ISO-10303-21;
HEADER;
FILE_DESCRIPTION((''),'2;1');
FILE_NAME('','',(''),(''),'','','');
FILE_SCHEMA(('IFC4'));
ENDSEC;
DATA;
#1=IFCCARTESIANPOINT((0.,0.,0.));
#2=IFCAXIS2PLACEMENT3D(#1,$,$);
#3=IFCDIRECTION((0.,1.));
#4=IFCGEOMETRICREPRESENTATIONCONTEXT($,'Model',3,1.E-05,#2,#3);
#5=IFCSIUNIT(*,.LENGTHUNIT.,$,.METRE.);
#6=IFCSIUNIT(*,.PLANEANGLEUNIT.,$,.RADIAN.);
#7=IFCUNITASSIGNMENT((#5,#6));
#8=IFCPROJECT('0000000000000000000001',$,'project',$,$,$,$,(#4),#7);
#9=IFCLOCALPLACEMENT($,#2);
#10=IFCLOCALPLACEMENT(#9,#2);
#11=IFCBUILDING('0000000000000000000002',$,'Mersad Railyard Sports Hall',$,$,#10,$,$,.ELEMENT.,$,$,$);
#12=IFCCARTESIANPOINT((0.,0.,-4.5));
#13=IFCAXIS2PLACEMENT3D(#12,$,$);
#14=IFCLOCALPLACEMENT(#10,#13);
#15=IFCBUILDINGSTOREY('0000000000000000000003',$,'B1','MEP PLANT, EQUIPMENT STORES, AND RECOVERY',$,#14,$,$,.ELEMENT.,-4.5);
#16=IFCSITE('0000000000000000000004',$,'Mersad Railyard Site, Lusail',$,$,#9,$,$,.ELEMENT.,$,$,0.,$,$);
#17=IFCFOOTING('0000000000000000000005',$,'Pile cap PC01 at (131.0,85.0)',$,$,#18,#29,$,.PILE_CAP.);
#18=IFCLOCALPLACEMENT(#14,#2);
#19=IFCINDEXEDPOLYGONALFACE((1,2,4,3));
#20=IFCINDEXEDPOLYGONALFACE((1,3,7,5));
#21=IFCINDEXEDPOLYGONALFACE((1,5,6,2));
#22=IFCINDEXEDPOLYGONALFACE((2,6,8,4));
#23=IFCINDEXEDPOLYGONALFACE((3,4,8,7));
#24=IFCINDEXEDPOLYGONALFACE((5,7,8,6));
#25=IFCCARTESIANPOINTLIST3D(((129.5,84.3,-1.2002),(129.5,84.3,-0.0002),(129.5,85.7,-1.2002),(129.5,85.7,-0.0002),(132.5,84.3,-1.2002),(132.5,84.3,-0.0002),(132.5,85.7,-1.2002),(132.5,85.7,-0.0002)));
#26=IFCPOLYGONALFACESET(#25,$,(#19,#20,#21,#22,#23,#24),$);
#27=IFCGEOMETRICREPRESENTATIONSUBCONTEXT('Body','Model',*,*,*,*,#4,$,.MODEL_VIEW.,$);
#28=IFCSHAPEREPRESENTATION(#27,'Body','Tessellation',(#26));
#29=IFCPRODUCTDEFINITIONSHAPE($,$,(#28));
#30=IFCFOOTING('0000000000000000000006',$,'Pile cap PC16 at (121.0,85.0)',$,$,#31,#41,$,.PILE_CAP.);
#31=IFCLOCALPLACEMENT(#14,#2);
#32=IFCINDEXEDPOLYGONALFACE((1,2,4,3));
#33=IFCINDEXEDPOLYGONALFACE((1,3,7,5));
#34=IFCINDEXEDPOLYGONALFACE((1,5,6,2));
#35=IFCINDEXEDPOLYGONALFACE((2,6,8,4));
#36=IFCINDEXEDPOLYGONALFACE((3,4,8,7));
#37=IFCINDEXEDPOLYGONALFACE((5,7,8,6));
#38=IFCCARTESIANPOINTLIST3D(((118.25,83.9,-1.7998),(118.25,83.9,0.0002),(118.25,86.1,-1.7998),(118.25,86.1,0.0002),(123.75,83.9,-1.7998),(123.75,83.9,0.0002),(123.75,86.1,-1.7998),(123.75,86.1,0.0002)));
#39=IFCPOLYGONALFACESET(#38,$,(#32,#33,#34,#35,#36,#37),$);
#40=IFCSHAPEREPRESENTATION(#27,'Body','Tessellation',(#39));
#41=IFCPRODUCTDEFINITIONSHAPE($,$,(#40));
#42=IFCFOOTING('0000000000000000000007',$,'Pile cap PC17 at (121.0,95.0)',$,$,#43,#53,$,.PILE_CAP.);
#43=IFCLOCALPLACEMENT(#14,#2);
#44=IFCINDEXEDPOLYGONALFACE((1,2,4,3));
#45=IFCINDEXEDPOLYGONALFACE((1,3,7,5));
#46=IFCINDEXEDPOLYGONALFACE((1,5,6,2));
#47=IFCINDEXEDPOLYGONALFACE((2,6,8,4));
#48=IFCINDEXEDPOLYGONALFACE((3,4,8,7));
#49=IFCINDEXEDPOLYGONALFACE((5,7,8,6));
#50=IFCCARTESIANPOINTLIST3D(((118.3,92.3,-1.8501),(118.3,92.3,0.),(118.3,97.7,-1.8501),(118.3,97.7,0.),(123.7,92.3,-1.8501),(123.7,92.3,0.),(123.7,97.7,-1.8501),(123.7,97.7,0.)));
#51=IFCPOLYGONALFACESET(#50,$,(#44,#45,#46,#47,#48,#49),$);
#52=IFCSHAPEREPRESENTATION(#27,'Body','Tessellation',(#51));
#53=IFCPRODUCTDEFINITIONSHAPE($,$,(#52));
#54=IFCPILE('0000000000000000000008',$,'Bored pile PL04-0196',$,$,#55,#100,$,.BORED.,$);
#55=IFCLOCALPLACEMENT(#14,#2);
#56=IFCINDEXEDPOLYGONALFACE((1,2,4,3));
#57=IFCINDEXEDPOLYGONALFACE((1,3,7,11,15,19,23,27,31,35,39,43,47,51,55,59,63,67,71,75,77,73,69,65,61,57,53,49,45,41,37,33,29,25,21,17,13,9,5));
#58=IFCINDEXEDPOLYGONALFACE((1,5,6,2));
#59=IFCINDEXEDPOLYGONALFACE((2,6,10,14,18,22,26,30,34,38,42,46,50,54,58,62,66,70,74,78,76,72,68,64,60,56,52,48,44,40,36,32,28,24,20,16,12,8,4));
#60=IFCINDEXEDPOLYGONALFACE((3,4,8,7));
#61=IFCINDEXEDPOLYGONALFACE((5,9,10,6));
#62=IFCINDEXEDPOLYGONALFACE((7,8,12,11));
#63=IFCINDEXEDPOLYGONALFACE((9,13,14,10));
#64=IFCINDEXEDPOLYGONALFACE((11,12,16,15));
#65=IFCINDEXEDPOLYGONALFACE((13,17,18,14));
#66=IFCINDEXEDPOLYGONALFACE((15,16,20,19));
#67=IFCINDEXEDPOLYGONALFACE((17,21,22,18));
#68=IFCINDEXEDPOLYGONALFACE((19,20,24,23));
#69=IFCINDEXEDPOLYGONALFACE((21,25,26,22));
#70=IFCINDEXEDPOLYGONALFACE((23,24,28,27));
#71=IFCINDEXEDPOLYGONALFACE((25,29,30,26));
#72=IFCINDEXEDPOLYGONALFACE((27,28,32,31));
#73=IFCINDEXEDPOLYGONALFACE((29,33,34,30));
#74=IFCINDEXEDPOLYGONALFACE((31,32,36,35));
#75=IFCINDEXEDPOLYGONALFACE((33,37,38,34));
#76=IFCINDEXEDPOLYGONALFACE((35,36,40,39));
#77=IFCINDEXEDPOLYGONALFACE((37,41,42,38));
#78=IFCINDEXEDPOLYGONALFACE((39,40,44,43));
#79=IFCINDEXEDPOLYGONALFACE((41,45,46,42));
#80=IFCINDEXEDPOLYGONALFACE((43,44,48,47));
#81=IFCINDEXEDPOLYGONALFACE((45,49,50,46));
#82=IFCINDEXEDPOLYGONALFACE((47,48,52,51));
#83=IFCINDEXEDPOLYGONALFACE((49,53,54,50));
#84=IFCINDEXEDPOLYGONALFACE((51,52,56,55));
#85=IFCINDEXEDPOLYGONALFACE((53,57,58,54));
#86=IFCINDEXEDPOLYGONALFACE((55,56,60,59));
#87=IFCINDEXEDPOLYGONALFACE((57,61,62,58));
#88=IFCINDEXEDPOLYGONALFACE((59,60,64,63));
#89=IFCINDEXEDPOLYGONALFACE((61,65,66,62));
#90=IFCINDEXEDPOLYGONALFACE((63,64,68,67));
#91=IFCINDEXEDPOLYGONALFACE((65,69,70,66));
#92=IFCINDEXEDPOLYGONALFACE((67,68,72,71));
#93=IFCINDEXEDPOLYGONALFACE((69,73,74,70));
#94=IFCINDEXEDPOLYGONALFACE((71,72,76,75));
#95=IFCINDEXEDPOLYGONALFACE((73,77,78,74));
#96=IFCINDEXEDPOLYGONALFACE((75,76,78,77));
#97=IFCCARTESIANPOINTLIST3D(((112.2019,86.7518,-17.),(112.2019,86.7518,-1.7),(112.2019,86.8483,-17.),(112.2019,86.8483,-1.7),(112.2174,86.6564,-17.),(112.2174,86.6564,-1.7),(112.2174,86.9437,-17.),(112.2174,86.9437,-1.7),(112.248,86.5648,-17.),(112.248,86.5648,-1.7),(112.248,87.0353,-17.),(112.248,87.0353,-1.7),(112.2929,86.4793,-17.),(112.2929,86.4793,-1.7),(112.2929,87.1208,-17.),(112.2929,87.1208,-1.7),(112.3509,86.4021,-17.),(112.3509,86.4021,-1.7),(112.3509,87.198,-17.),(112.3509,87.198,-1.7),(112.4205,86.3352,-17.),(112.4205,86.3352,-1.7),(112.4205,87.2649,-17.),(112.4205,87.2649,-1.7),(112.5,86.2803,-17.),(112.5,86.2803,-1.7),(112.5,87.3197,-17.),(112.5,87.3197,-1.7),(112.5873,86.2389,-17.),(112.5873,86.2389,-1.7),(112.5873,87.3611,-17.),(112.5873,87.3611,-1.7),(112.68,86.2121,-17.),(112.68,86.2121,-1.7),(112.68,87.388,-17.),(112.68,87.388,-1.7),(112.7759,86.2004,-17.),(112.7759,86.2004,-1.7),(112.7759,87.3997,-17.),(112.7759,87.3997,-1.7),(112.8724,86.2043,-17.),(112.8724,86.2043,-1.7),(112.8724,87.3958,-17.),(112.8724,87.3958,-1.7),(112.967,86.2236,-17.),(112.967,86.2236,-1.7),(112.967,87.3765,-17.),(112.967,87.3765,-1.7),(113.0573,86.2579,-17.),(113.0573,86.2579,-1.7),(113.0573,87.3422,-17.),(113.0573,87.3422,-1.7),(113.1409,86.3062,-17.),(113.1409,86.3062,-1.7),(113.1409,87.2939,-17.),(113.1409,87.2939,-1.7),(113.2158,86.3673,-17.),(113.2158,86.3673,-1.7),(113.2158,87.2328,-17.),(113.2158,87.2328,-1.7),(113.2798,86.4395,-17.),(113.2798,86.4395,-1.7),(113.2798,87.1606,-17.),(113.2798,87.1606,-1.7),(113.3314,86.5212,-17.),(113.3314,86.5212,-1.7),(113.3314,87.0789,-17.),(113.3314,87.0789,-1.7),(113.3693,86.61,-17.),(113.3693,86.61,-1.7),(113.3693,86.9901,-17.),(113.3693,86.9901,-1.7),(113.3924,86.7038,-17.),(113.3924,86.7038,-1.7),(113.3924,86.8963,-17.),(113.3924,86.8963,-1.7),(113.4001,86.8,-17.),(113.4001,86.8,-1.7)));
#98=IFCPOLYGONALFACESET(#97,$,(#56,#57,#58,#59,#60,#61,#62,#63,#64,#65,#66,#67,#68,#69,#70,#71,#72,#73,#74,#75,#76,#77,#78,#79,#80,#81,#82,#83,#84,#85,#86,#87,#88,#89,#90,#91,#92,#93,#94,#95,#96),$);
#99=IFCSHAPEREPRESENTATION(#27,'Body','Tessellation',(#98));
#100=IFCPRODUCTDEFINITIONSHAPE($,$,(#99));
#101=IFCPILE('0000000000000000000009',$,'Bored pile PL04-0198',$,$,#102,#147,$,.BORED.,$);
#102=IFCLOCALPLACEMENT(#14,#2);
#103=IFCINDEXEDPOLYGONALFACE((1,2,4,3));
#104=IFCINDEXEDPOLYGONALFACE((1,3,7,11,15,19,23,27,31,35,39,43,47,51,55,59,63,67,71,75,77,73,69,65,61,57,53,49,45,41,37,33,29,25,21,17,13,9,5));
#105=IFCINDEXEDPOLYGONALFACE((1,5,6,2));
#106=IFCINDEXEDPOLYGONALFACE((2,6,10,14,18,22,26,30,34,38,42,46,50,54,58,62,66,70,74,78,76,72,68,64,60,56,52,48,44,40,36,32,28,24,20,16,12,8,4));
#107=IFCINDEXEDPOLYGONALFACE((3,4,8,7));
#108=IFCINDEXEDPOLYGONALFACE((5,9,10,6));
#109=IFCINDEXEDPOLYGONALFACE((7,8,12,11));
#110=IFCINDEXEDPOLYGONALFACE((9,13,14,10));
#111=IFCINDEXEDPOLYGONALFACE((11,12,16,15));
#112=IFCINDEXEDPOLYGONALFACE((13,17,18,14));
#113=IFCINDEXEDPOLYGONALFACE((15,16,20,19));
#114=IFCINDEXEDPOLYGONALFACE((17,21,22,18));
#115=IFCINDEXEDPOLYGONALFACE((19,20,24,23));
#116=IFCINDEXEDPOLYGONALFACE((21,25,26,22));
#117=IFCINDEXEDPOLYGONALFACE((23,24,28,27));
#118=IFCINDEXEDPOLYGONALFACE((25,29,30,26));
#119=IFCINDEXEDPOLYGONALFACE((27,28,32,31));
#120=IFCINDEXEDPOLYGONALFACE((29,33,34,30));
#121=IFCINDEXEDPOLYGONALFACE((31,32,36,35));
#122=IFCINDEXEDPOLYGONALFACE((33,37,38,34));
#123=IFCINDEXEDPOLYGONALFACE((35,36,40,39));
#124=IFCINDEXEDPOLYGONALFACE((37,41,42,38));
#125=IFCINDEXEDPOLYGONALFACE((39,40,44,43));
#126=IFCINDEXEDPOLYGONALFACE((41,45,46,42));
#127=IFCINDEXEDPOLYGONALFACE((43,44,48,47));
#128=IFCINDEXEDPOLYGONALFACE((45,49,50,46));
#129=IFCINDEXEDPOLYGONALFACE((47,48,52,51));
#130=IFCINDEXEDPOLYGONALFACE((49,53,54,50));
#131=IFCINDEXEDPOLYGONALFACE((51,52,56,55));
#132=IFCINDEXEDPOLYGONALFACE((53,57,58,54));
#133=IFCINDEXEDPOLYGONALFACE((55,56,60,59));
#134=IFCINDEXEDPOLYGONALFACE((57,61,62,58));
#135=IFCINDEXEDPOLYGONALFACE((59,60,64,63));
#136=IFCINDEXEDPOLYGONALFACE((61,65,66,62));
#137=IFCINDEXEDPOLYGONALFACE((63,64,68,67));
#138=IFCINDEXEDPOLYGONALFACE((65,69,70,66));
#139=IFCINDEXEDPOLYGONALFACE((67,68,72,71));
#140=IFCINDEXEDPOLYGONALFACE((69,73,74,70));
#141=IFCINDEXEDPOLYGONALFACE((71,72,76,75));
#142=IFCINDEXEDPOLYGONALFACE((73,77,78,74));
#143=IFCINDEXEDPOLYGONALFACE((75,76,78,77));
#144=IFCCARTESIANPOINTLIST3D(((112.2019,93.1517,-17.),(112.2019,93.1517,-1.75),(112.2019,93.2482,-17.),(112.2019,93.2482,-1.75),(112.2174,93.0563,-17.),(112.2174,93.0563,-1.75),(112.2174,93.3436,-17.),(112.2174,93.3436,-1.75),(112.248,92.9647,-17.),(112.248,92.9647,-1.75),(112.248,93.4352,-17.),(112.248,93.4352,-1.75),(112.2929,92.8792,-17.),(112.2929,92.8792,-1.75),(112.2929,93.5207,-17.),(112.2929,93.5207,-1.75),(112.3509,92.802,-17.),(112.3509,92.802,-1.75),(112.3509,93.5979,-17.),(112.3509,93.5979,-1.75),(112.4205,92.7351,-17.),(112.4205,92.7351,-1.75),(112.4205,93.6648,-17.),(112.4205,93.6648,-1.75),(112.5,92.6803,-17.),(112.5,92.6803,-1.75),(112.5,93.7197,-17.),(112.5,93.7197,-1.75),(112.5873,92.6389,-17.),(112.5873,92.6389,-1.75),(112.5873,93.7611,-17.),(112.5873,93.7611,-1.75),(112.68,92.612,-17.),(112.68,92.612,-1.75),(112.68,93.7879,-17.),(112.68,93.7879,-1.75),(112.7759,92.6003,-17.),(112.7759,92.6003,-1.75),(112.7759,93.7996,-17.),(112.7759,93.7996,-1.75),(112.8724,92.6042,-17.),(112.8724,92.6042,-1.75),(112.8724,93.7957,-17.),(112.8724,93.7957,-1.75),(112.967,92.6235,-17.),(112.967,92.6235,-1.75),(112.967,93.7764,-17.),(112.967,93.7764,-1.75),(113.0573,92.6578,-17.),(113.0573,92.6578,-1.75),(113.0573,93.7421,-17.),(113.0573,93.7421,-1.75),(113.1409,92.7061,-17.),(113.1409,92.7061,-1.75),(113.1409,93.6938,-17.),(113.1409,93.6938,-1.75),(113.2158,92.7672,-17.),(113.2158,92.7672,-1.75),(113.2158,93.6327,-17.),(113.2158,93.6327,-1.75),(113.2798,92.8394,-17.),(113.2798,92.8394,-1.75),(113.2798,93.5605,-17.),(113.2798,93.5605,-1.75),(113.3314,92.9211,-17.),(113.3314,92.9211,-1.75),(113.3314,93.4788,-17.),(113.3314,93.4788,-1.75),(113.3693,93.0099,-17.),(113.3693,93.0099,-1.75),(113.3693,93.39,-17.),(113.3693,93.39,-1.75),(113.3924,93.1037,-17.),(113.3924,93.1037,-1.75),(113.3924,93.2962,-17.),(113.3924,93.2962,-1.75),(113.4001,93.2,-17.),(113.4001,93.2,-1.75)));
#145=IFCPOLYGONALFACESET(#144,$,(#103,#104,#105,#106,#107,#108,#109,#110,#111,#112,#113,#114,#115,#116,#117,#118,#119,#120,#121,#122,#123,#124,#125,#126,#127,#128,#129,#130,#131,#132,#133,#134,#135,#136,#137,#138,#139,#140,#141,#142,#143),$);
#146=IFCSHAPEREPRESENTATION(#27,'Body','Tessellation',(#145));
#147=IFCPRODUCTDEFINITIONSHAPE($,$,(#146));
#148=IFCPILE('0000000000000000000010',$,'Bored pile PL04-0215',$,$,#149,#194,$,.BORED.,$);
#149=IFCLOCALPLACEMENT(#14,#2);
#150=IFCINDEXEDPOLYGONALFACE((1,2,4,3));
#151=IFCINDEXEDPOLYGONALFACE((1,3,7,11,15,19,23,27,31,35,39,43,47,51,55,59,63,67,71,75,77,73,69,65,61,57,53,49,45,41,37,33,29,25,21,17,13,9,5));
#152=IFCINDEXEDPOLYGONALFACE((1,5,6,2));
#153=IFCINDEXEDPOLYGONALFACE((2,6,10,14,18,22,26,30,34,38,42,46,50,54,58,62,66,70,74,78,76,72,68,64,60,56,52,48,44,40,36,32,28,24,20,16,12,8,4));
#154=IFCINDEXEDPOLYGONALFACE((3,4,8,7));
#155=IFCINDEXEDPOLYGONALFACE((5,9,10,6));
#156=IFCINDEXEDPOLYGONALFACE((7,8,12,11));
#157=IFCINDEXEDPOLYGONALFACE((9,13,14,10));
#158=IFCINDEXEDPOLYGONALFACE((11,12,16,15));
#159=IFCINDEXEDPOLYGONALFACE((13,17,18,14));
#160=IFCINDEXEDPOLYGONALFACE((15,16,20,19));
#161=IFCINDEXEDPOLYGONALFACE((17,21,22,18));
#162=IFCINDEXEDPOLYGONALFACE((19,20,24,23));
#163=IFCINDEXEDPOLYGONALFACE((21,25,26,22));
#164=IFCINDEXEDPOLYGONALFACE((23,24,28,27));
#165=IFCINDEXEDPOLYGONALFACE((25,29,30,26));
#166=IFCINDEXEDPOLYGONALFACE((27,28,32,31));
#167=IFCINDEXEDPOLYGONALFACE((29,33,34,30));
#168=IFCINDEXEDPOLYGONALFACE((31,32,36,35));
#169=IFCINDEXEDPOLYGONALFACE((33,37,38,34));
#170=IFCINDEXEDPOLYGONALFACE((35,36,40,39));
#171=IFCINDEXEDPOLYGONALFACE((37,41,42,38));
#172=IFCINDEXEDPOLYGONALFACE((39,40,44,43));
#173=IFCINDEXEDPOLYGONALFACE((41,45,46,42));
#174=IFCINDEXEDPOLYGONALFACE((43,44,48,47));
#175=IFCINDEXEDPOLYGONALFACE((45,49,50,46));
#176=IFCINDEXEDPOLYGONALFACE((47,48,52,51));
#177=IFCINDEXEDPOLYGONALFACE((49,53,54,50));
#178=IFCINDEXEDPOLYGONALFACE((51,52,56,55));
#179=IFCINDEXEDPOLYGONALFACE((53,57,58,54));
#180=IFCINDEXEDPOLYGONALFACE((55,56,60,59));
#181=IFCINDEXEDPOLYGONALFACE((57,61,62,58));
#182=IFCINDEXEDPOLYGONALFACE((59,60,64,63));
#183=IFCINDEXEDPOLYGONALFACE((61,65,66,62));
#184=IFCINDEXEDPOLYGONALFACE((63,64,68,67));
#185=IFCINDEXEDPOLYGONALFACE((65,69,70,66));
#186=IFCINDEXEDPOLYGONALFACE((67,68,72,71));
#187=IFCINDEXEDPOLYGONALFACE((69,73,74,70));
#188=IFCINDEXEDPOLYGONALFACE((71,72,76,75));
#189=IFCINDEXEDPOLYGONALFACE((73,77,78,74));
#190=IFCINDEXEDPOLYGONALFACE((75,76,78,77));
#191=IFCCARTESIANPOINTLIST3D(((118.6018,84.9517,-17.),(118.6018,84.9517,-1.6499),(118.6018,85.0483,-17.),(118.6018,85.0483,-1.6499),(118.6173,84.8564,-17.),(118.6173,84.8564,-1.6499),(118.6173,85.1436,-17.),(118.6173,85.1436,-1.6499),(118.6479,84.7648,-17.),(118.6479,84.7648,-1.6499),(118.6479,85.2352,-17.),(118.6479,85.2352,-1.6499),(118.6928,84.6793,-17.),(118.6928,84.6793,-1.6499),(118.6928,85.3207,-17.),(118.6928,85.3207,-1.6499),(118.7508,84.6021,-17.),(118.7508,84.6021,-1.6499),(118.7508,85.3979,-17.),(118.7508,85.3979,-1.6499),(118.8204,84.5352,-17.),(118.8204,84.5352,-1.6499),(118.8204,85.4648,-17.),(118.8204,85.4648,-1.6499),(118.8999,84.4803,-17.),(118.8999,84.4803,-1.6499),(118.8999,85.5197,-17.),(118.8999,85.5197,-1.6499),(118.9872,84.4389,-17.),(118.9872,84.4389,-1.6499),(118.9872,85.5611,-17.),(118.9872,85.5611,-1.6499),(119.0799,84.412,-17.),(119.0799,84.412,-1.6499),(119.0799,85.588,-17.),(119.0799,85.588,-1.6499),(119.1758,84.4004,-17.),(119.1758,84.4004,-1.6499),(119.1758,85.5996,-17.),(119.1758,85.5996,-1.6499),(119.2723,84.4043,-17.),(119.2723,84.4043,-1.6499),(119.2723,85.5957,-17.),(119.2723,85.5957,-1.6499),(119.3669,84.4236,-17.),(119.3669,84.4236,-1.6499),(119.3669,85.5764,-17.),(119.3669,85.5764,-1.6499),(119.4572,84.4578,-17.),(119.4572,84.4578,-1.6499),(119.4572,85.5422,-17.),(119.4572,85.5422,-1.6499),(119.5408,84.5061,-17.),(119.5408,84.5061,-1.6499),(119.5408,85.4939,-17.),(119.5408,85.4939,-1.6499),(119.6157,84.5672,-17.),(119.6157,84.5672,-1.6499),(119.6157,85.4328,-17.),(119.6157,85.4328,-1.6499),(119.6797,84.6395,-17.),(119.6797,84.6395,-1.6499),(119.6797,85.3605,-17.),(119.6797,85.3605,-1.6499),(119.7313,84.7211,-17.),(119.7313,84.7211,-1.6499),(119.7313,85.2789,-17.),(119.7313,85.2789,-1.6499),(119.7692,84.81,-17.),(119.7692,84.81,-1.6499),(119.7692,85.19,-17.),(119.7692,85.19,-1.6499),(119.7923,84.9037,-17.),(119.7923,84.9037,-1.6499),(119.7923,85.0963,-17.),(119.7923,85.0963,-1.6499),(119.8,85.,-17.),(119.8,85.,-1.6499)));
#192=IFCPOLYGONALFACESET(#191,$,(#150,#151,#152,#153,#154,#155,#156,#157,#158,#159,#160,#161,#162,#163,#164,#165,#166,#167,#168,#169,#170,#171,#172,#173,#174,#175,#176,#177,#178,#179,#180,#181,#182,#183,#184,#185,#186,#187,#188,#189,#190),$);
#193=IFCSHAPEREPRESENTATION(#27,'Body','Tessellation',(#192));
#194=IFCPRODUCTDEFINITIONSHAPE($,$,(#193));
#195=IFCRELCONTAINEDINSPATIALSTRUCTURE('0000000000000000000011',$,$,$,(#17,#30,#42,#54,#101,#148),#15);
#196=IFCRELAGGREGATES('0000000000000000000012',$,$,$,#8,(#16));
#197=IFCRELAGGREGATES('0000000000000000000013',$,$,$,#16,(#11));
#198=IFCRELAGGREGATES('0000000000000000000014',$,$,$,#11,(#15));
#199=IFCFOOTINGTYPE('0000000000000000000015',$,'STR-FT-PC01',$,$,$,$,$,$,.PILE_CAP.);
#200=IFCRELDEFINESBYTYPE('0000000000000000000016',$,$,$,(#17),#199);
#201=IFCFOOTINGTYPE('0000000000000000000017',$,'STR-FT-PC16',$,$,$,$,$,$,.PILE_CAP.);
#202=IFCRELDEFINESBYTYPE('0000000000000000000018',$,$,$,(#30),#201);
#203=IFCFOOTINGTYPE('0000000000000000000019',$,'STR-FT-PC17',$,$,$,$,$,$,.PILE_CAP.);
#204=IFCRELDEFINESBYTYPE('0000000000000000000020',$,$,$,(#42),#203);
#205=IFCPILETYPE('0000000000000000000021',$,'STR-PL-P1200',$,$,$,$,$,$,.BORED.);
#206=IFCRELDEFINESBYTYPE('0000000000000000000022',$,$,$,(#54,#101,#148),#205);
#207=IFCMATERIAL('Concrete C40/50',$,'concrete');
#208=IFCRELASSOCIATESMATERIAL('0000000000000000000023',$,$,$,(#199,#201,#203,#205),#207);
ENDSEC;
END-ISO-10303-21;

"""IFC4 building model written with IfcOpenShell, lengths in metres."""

from ifc_helpers import new_model, si_unit, direction, frame, origin, origin_2d, place, context, subcontext, project, spatial, rectangle, circle, extrude, material, material_profile, profile_set, type_object, element, save


model = new_model("IFC4")

# Units and contexts
model_context = context("Model", 3, precision=1e-05, world=origin(), true_north=direction((0.0, 1.0)))
body_context = subcontext(model_context, "Body", "Model", "MODEL_VIEW")
ifc_project = project(units=[si_unit("LENGTHUNIT", "METRE"), si_unit("PLANEANGLEUNIT", "RADIAN")], contexts=[model_context])

# Site, building, storey
site_placement = place(None, origin())
site = spatial("IfcSite", under=ifc_project, at=site_placement, Name="Mersad Railyard Site, Lusail", CompositionType="ELEMENT", RefElevation=0.0)
building_placement = place(site_placement, origin())
building = spatial("IfcBuilding", under=site, at=building_placement, Name="Mersad Railyard Sports Hall", CompositionType="ELEMENT")
storey_placement = place(building_placement, frame((0.0, 0.0, -4.5)))
storey = spatial("IfcBuildingStorey", under=building, at=storey_placement, Name="B1", Description="MEP PLANT, EQUIPMENT STORES, AND RECOVERY", CompositionType="ELEMENT", Elevation=-4.5)

# Footings
ifc_material_1 = material(Name="Concrete C40/50", Category="concrete")
footing_type_1 = type_object("IfcFootingType", Name="STR-FT-PC01", PredefinedType="PILE_CAP", material=ifc_material_1)
footing_1_placement = place(storey_placement, frame((131.0, 85.0, -1.2002), z_axis=(0.0, 0.0, 1.0), x_axis=(1.0, 0.0, 0.0)))
element("IfcFooting", 1, at=footing_1_placement, inside=storey, type_object=footing_type_1, Name="Pile cap PC01 at (131.0,85.0)", PredefinedType="PILE_CAP", context=body_context, shape_type="SweptSolid", body=[
    extrude(rectangle(XDim=3.0, YDim=1.3999, at=origin_2d()), origin(), (0.0, 0.0, 1.0), 1.2),
])
footing_type_2 = type_object("IfcFootingType", Name="STR-FT-PC16", PredefinedType="PILE_CAP", material=ifc_material_1)
footing_2_placement = place(storey_placement, frame((121.0, 85.0, -1.7998), z_axis=(0.0, 0.0, 1.0), x_axis=(1.0, 0.0, 0.0)))
element("IfcFooting", 2, at=footing_2_placement, inside=storey, type_object=footing_type_2, Name="Pile cap PC16 at (121.0,85.0)", PredefinedType="PILE_CAP", context=body_context, shape_type="SweptSolid", body=[
    extrude(rectangle(XDim=5.5, YDim=2.2, at=origin_2d()), origin(), (0.0, 0.0, 1.0), 1.8),
])
footing_type_3 = type_object("IfcFootingType", Name="STR-FT-PC17", PredefinedType="PILE_CAP", material=ifc_material_1)
footing_3_placement = place(storey_placement, frame((121.0, 95.0, -1.8501), z_axis=(0.0, 0.0, 1.0), x_axis=(1.0, 0.0, 0.0)))
element("IfcFooting", 3, at=footing_3_placement, inside=storey, type_object=footing_type_3, Name="Pile cap PC17 at (121.0,95.0)", PredefinedType="PILE_CAP", context=body_context, shape_type="SweptSolid", body=[
    extrude(rectangle(XDim=5.3999, YDim=5.3999, at=origin_2d()), origin(), (0.0, 0.0, 1.0), 1.8501),
])

# Piles
ifc_material_profile_1 = material_profile(ifc_material_1, circle(Radius=0.6001, at=origin_2d()), Name="BORED PILE D1200")
ifc_profile_set_1 = profile_set([ifc_material_profile_1], Name="Concrete C40/50")
pile_type_1 = type_object("IfcPileType", Name="STR-PL-P1200", PredefinedType="BORED", material=ifc_profile_set_1)
pile_1_placement = place(storey_placement, frame((112.8, 86.8, -1.7), z_axis=(0.0, 0.0, -1.0), x_axis=(1.0, 0.0, 0.0)))
element("IfcPile", 4, at=pile_1_placement, inside=storey, type_object=pile_type_1, Name="Bored pile PL04-0196", PredefinedType="BORED", context=body_context, shape_type="SweptSolid", body=[
    extrude(circle(Radius=0.6001, at=origin_2d()), origin(), (0.0, 0.0, 1.0), 15.3),
])
pile_2_placement = place(storey_placement, frame((112.8, 93.2, -1.75), z_axis=(0.0, 0.0, -1.0), x_axis=(1.0, 0.0, 0.0)))
element("IfcPile", 5, at=pile_2_placement, inside=storey, type_object=pile_type_1, Name="Bored pile PL04-0198", PredefinedType="BORED", context=body_context, shape_type="SweptSolid", body=[
    extrude(circle(Radius=0.6001, at=origin_2d()), origin(), (0.0, 0.0, 1.0), 15.25),
])
for number, where, z_axis, x_axis, name in (
    (6, (119.2, 85.0, -1.6499), (0.0, 0.0, -1.0), (1.0, 0.0, 0.0), "Bored pile PL04-0215"),
):
    element("IfcPile", number, at=place(storey_placement, frame(where, z_axis=z_axis, x_axis=x_axis)), inside=storey, type_object=pile_type_1, Name=name, PredefinedType="BORED", context=body_context, shape_type="SweptSolid", body=[
        extrude(circle(Radius=0.6001, at=origin_2d()), origin(), (0.0, 0.0, 1.0), 15.3501),
    ])

save(model, "model.ifc")
